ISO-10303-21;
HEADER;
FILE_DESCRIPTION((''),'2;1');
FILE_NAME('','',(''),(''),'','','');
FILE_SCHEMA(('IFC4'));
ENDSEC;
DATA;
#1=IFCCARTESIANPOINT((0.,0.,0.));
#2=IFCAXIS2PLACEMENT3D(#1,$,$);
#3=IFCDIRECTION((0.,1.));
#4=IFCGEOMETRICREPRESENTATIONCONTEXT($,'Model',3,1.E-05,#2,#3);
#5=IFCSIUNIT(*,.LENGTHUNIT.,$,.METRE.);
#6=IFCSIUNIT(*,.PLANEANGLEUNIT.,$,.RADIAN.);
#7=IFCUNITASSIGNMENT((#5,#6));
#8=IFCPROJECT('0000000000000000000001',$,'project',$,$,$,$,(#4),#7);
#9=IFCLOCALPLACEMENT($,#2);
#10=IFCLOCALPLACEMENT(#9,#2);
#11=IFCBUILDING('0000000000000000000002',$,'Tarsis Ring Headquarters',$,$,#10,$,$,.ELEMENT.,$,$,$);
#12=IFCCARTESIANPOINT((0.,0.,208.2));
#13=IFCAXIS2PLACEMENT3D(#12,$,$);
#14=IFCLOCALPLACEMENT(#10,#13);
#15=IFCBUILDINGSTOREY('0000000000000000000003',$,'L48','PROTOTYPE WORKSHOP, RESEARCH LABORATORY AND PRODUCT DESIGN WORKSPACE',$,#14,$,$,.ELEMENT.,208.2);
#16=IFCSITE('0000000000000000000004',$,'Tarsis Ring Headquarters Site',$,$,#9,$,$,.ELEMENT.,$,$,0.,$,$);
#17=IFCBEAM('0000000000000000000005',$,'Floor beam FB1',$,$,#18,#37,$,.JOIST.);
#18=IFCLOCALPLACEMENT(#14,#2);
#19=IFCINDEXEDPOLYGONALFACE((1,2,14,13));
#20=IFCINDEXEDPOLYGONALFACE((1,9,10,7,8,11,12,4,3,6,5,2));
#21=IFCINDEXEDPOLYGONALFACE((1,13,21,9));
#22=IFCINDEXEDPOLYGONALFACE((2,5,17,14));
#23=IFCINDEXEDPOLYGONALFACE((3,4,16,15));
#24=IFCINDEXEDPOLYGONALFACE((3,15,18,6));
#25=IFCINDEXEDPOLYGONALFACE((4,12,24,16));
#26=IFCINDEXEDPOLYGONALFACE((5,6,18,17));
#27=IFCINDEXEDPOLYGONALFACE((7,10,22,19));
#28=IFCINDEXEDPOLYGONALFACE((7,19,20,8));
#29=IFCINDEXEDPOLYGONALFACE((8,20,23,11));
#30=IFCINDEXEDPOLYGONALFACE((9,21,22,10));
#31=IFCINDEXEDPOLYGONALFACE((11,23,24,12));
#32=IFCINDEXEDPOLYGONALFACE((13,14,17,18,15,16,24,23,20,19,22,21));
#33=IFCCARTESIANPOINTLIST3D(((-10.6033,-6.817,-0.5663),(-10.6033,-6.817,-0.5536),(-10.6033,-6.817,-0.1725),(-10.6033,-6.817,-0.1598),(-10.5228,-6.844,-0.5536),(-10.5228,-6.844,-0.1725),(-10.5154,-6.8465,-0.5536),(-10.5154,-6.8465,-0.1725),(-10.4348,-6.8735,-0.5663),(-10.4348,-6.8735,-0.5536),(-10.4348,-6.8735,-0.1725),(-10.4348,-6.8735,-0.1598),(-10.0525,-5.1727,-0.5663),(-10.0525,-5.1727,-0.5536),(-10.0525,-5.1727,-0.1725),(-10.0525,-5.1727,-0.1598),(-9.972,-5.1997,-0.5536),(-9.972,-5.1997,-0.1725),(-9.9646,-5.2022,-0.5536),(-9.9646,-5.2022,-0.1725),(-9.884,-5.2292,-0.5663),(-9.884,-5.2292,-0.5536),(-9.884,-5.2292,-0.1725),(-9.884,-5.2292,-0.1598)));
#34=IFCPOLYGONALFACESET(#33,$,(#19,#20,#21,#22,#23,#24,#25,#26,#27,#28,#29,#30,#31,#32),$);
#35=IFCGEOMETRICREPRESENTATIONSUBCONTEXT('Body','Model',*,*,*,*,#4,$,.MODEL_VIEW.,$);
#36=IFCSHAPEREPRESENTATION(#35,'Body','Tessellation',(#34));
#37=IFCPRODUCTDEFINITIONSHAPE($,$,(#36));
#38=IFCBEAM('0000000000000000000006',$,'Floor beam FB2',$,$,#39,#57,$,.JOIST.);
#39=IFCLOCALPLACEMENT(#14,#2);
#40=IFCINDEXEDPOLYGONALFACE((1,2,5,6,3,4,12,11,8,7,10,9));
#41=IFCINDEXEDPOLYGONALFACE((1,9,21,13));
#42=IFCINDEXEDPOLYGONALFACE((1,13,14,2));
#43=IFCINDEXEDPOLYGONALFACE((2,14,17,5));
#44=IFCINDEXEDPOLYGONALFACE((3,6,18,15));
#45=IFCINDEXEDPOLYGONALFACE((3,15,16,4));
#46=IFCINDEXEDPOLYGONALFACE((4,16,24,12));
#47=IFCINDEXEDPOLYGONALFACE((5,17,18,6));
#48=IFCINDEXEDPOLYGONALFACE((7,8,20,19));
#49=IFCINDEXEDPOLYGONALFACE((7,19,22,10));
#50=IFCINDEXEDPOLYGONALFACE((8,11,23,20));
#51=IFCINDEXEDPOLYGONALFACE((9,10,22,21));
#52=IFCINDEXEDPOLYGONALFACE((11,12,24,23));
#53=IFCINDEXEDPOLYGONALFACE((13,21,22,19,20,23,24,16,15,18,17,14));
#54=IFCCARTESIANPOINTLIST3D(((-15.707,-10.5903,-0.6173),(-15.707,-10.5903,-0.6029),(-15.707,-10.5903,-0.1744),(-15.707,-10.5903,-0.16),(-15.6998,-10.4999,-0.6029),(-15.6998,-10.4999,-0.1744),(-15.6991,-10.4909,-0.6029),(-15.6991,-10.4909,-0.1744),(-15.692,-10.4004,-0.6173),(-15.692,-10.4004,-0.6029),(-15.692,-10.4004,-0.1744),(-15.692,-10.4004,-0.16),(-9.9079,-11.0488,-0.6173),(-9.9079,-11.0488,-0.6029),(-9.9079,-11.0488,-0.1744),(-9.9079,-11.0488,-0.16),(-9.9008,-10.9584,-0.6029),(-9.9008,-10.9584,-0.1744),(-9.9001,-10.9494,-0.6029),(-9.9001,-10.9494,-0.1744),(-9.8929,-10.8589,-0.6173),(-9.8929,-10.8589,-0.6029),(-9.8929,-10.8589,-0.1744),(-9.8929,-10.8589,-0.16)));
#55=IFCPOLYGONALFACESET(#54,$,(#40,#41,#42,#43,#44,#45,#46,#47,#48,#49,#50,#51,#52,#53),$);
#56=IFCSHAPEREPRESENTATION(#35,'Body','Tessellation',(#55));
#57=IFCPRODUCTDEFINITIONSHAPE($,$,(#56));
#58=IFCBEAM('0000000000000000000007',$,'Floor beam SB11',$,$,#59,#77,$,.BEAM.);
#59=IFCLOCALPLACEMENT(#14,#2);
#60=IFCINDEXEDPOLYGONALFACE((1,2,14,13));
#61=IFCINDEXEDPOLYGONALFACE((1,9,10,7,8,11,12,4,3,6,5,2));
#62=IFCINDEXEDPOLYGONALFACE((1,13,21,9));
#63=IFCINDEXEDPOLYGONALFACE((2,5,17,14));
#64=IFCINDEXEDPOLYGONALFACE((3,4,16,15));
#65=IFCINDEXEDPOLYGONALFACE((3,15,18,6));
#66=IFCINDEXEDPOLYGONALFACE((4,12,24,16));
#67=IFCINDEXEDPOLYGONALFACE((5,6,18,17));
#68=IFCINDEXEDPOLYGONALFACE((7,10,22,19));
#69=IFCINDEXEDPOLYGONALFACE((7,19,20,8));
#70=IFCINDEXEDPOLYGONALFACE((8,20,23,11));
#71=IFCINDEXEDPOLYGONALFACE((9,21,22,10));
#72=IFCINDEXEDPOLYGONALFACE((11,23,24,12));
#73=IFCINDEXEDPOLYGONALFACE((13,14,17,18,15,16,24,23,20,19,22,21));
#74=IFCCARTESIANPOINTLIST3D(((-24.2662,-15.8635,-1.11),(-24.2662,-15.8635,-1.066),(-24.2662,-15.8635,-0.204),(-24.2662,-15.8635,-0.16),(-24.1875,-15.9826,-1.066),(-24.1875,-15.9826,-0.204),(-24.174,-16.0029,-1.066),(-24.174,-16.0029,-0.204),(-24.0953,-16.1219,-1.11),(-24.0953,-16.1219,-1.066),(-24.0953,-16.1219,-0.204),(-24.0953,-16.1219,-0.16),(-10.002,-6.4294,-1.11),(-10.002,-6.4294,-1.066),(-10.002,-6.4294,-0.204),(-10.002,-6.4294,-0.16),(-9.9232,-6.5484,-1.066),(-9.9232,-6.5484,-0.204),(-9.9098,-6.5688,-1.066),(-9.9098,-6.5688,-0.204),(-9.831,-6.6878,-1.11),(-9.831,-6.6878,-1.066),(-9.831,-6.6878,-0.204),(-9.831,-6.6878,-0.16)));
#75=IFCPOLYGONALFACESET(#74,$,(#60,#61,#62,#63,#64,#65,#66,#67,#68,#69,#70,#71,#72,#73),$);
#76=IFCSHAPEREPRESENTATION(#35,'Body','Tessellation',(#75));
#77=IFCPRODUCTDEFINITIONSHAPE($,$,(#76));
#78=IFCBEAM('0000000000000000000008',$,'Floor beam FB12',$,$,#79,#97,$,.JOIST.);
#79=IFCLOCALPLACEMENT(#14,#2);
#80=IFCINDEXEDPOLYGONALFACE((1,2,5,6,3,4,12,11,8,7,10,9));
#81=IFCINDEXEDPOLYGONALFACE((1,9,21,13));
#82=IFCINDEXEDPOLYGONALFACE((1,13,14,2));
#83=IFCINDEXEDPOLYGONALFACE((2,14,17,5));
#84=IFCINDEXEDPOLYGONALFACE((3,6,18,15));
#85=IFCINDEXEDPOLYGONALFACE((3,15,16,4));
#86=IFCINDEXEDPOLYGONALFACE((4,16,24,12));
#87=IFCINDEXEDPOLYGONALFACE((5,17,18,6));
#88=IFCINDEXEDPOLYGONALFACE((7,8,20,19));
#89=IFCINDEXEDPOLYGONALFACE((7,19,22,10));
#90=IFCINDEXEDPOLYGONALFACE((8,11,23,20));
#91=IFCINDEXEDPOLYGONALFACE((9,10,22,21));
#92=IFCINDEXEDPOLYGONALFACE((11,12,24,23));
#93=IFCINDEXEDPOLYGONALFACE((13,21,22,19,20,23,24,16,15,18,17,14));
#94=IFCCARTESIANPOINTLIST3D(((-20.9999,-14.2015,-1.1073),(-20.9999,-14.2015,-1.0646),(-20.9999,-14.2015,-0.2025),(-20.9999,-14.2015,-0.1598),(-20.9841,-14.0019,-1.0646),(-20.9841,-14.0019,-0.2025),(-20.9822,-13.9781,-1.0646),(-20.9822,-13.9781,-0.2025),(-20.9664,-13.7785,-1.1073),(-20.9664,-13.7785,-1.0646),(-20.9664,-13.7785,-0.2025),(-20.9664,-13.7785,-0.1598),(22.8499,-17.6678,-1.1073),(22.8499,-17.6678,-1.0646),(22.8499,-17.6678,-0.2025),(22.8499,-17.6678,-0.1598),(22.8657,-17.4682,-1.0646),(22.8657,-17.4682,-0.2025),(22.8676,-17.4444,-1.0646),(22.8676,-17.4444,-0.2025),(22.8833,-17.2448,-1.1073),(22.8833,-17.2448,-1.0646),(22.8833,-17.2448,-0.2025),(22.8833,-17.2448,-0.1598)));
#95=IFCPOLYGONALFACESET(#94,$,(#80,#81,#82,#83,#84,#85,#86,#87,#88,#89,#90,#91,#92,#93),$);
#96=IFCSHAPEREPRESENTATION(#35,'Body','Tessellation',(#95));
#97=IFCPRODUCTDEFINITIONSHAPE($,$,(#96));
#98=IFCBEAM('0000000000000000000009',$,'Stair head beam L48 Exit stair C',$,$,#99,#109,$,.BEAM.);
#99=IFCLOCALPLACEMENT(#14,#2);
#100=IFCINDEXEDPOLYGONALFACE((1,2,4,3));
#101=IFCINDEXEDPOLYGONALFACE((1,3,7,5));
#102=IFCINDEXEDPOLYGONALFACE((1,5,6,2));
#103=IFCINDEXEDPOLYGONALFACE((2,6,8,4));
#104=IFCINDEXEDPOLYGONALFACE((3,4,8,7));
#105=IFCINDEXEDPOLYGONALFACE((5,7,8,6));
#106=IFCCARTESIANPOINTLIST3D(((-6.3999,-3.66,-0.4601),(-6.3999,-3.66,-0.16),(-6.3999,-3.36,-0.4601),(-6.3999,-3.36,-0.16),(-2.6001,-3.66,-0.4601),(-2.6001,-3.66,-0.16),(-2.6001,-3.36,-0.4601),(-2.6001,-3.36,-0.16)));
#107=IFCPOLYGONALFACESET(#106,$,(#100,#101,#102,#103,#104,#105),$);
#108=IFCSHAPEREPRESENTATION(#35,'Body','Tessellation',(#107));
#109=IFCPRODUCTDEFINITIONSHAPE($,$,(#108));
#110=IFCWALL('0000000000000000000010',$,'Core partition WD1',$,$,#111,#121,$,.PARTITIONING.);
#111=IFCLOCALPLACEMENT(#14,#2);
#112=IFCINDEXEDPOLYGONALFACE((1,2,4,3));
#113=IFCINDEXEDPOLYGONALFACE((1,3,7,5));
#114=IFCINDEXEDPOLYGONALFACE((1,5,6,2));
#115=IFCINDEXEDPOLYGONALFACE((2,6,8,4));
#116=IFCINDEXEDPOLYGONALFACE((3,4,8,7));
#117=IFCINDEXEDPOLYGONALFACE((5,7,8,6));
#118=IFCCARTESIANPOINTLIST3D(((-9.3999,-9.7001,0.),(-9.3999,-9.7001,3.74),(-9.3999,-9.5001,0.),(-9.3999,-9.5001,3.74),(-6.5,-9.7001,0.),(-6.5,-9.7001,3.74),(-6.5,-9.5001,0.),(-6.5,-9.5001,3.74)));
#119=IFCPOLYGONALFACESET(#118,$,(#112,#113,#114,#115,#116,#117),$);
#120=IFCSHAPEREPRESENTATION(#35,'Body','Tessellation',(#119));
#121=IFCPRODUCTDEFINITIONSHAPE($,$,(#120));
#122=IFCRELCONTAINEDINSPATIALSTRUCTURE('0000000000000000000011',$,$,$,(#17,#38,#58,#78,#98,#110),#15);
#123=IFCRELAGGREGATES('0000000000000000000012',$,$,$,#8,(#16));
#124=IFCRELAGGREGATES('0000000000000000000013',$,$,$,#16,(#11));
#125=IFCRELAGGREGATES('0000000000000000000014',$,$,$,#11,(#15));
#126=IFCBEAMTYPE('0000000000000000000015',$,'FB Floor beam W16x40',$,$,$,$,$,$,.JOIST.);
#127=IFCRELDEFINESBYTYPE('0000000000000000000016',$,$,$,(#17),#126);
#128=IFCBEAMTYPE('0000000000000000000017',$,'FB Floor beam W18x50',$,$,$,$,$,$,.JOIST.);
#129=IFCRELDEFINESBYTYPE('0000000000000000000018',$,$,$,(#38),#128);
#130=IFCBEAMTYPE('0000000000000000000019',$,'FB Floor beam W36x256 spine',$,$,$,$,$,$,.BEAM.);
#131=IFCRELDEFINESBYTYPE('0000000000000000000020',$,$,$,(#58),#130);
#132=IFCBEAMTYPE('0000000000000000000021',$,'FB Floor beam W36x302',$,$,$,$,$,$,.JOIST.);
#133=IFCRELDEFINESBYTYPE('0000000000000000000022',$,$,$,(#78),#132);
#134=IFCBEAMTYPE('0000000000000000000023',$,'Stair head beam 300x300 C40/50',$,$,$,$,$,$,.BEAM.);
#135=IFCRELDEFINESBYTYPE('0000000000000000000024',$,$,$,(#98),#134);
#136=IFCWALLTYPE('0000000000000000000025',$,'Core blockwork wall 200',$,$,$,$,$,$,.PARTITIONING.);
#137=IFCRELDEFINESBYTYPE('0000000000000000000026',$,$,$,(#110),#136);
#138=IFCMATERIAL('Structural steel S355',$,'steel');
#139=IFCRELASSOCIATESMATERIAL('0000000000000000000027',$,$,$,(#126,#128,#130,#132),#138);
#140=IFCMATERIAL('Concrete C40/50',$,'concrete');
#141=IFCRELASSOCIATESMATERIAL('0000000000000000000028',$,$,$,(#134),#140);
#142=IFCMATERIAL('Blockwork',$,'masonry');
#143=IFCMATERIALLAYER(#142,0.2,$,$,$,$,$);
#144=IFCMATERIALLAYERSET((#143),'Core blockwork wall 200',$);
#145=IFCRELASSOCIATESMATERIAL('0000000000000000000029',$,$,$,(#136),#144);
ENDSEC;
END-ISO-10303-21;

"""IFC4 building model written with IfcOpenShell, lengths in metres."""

from ifc_helpers import new_model, si_unit, direction, frame, frame_2d, origin, origin_2d, place, context, subcontext, project, spatial, rectangle, i_section, extrude, material, layer, layer_set, material_profile, profile_set, type_object, element, save


model = new_model("IFC4")

# Units and contexts
model_context = context("Model", 3, precision=1e-05, world=origin(), true_north=direction((0.0, 1.0)))
body_context = subcontext(model_context, "Body", "Model", "MODEL_VIEW")
ifc_project = project(units=[si_unit("LENGTHUNIT", "METRE"), si_unit("PLANEANGLEUNIT", "RADIAN")], contexts=[model_context])

# Site, building, storey
site_placement = place(None, origin())
site = spatial("IfcSite", under=ifc_project, at=site_placement, Name="Tarsis Ring Headquarters Site", CompositionType="ELEMENT", RefElevation=0.0)
building_placement = place(site_placement, origin())
building = spatial("IfcBuilding", under=site, at=building_placement, Name="Tarsis Ring Headquarters", CompositionType="ELEMENT")
storey_placement = place(building_placement, frame((0.0, 0.0, 208.2)))
storey = spatial("IfcBuildingStorey", under=building, at=storey_placement, Name="L48", Description="PROTOTYPE WORKSHOP, RESEARCH LABORATORY AND PRODUCT DESIGN WORKSPACE", CompositionType="ELEMENT", Elevation=208.2)

# Beams
ifc_material_1 = material(Name="Structural steel S355", Category="steel")
ifc_material_profile_1 = material_profile(ifc_material_1, i_section(OverallWidth=0.1777, OverallDepth=0.4065, WebThickness=0.0078, FlangeThickness=0.0127, at=origin_2d()), Name="W16x40")
ifc_profile_set_1 = profile_set([ifc_material_profile_1], Name="Structural steel S355")
beam_type_1 = type_object("IfcBeamType", Name="FB Floor beam W16x40", PredefinedType="JOIST", material=ifc_profile_set_1)
beam_1_placement = place(storey_placement, frame((-9.9683, -5.2009, -0.363), z_axis=(-0.317621, -0.948218, 0.0), x_axis=(0.948218, -0.317621, 0.0)))
element("IfcBeam", 1, at=beam_1_placement, inside=storey, type_object=beam_type_1, Name="Floor beam FB1", PredefinedType="JOIST", context=body_context, shape_type="SweptSolid", body=[
    extrude(i_section(OverallWidth=0.1777, OverallDepth=0.4065, WebThickness=0.0078, FlangeThickness=0.0127, at=origin_2d()), origin(), (0.0, 0.0, 1.0), 1.7341),
])
ifc_material_profile_2 = material_profile(ifc_material_1, i_section(OverallWidth=0.1904, OverallDepth=0.4573, WebThickness=0.009, FlangeThickness=0.0144, at=origin_2d()), Name="W18x50")
ifc_profile_set_2 = profile_set([ifc_material_profile_2], Name="Structural steel S355")
beam_type_2 = type_object("IfcBeamType", Name="FB Floor beam W18x50", PredefinedType="JOIST", material=ifc_profile_set_2)
beam_2_placement = place(storey_placement, frame((-15.6995, -10.4954, -0.3887), z_axis=(0.996889, -0.078818, 0.0), x_axis=(0.078818, 0.996889, 0.0)))
element("IfcBeam", 2, at=beam_2_placement, inside=storey, type_object=beam_type_2, Name="Floor beam FB2", PredefinedType="JOIST", context=body_context, shape_type="SweptSolid", body=[
    extrude(i_section(OverallWidth=0.1904, OverallDepth=0.4573, WebThickness=0.009, FlangeThickness=0.0144, at=origin_2d()), origin(), (0.0, 0.0, 1.0), 5.8171),
])
ifc_material_profile_3 = material_profile(ifc_material_1, i_section(OverallWidth=0.3098, OverallDepth=0.95, WebThickness=0.0244, FlangeThickness=0.0439, at=origin_2d()), Name="W36x256")
ifc_profile_set_3 = profile_set([ifc_material_profile_3], Name="Structural steel S355")
beam_type_3 = type_object("IfcBeamType", Name="FB Floor beam W36x256 spine", PredefinedType="BEAM", material=ifc_profile_set_3)
beam_3_placement = place(storey_placement, frame((-9.9165, -6.5586, -0.635), z_axis=(-0.834078, -0.551646, 0.0), x_axis=(0.551646, -0.834078, 0.0)))
element("IfcBeam", 3, at=beam_3_placement, inside=storey, type_object=beam_type_3, Name="Floor beam SB11", PredefinedType="BEAM", context=body_context, shape_type="SweptSolid", body=[
    extrude(i_section(OverallWidth=0.3098, OverallDepth=0.95, WebThickness=0.0244, FlangeThickness=0.0439, at=origin_2d()), origin(), (0.0, 0.0, 1.0), 17.1018),
])
ifc_material_profile_4 = material_profile(ifc_material_1, i_section(OverallWidth=0.4243, OverallDepth=0.9475, WebThickness=0.0239, FlangeThickness=0.0427, at=origin_2d()), Name="W36x302")
ifc_profile_set_4 = profile_set([ifc_material_profile_4], Name="Structural steel S355")
beam_type_4 = type_object("IfcBeamType", Name="FB Floor beam W36x302", PredefinedType="JOIST", material=ifc_profile_set_4)
beam_4_placement = place(storey_placement, frame((-20.9832, -13.99, -0.6335), z_axis=(0.99689, -0.078804, 0.0), x_axis=(0.078804, 0.99689, 0.0)))
element("IfcBeam", 4, at=beam_4_placement, inside=storey, type_object=beam_type_4, Name="Floor beam FB12", PredefinedType="JOIST", context=body_context, shape_type="SweptSolid", body=[
    extrude(i_section(OverallWidth=0.4243, OverallDepth=0.9475, WebThickness=0.0239, FlangeThickness=0.0427, at=origin_2d()), origin(), (0.0, 0.0, 1.0), 43.9866),
])
ifc_material_2 = material(Name="Concrete C40/50", Category="concrete")
ifc_material_profile_5 = material_profile(ifc_material_2, rectangle(XDim=0.3, YDim=0.3, at=origin_2d()), Name="Stair head beam 300x300 C40/50")
ifc_profile_set_5 = profile_set([ifc_material_profile_5], Name="Concrete C40/50")
beam_type_5 = type_object("IfcBeamType", Name="Stair head beam 300x300 C40/50", PredefinedType="BEAM", material=ifc_profile_set_5)
beam_5_placement = place(storey_placement, frame((-6.3999, -3.51, -0.3101), z_axis=(1.0, 0.0, 0.0), x_axis=(0.0, 1.0, 0.0)))
element("IfcBeam", 5, at=beam_5_placement, inside=storey, type_object=beam_type_5, Name="Stair head beam L48 Exit stair C", PredefinedType="BEAM", context=body_context, shape_type="SweptSolid", body=[
    extrude(rectangle(XDim=0.3, YDim=0.3, at=origin_2d()), origin(), (0.0, 0.0, 1.0), 3.7998),
])

# Wall
ifc_material_3 = material(Name="Blockwork", Category="masonry")
ifc_layer_1 = layer(ifc_material_3, 0.2)
ifc_layer_set_1 = layer_set([ifc_layer_1], Name="Core blockwork wall 200")
wall_type_1 = type_object("IfcWallType", Name="Core blockwork wall 200", PredefinedType="PARTITIONING", material=ifc_layer_set_1)
wall_1_placement = place(storey_placement, frame((-9.3999, -9.6001, 0.0), z_axis=(0.0, 0.0, 1.0), x_axis=(1.0, 0.0, 0.0)))
element("IfcWall", 6, at=wall_1_placement, inside=storey, type_object=wall_type_1, Name="Core partition WD1", PredefinedType="PARTITIONING", context=body_context, shape_type="SweptSolid", body=[
    extrude(rectangle(XDim=2.8999, YDim=0.2, at=frame_2d((1.45, 0.0))), origin(), (0.0, 0.0, 1.0), 3.74),
])

save(model, "model.ifc")
